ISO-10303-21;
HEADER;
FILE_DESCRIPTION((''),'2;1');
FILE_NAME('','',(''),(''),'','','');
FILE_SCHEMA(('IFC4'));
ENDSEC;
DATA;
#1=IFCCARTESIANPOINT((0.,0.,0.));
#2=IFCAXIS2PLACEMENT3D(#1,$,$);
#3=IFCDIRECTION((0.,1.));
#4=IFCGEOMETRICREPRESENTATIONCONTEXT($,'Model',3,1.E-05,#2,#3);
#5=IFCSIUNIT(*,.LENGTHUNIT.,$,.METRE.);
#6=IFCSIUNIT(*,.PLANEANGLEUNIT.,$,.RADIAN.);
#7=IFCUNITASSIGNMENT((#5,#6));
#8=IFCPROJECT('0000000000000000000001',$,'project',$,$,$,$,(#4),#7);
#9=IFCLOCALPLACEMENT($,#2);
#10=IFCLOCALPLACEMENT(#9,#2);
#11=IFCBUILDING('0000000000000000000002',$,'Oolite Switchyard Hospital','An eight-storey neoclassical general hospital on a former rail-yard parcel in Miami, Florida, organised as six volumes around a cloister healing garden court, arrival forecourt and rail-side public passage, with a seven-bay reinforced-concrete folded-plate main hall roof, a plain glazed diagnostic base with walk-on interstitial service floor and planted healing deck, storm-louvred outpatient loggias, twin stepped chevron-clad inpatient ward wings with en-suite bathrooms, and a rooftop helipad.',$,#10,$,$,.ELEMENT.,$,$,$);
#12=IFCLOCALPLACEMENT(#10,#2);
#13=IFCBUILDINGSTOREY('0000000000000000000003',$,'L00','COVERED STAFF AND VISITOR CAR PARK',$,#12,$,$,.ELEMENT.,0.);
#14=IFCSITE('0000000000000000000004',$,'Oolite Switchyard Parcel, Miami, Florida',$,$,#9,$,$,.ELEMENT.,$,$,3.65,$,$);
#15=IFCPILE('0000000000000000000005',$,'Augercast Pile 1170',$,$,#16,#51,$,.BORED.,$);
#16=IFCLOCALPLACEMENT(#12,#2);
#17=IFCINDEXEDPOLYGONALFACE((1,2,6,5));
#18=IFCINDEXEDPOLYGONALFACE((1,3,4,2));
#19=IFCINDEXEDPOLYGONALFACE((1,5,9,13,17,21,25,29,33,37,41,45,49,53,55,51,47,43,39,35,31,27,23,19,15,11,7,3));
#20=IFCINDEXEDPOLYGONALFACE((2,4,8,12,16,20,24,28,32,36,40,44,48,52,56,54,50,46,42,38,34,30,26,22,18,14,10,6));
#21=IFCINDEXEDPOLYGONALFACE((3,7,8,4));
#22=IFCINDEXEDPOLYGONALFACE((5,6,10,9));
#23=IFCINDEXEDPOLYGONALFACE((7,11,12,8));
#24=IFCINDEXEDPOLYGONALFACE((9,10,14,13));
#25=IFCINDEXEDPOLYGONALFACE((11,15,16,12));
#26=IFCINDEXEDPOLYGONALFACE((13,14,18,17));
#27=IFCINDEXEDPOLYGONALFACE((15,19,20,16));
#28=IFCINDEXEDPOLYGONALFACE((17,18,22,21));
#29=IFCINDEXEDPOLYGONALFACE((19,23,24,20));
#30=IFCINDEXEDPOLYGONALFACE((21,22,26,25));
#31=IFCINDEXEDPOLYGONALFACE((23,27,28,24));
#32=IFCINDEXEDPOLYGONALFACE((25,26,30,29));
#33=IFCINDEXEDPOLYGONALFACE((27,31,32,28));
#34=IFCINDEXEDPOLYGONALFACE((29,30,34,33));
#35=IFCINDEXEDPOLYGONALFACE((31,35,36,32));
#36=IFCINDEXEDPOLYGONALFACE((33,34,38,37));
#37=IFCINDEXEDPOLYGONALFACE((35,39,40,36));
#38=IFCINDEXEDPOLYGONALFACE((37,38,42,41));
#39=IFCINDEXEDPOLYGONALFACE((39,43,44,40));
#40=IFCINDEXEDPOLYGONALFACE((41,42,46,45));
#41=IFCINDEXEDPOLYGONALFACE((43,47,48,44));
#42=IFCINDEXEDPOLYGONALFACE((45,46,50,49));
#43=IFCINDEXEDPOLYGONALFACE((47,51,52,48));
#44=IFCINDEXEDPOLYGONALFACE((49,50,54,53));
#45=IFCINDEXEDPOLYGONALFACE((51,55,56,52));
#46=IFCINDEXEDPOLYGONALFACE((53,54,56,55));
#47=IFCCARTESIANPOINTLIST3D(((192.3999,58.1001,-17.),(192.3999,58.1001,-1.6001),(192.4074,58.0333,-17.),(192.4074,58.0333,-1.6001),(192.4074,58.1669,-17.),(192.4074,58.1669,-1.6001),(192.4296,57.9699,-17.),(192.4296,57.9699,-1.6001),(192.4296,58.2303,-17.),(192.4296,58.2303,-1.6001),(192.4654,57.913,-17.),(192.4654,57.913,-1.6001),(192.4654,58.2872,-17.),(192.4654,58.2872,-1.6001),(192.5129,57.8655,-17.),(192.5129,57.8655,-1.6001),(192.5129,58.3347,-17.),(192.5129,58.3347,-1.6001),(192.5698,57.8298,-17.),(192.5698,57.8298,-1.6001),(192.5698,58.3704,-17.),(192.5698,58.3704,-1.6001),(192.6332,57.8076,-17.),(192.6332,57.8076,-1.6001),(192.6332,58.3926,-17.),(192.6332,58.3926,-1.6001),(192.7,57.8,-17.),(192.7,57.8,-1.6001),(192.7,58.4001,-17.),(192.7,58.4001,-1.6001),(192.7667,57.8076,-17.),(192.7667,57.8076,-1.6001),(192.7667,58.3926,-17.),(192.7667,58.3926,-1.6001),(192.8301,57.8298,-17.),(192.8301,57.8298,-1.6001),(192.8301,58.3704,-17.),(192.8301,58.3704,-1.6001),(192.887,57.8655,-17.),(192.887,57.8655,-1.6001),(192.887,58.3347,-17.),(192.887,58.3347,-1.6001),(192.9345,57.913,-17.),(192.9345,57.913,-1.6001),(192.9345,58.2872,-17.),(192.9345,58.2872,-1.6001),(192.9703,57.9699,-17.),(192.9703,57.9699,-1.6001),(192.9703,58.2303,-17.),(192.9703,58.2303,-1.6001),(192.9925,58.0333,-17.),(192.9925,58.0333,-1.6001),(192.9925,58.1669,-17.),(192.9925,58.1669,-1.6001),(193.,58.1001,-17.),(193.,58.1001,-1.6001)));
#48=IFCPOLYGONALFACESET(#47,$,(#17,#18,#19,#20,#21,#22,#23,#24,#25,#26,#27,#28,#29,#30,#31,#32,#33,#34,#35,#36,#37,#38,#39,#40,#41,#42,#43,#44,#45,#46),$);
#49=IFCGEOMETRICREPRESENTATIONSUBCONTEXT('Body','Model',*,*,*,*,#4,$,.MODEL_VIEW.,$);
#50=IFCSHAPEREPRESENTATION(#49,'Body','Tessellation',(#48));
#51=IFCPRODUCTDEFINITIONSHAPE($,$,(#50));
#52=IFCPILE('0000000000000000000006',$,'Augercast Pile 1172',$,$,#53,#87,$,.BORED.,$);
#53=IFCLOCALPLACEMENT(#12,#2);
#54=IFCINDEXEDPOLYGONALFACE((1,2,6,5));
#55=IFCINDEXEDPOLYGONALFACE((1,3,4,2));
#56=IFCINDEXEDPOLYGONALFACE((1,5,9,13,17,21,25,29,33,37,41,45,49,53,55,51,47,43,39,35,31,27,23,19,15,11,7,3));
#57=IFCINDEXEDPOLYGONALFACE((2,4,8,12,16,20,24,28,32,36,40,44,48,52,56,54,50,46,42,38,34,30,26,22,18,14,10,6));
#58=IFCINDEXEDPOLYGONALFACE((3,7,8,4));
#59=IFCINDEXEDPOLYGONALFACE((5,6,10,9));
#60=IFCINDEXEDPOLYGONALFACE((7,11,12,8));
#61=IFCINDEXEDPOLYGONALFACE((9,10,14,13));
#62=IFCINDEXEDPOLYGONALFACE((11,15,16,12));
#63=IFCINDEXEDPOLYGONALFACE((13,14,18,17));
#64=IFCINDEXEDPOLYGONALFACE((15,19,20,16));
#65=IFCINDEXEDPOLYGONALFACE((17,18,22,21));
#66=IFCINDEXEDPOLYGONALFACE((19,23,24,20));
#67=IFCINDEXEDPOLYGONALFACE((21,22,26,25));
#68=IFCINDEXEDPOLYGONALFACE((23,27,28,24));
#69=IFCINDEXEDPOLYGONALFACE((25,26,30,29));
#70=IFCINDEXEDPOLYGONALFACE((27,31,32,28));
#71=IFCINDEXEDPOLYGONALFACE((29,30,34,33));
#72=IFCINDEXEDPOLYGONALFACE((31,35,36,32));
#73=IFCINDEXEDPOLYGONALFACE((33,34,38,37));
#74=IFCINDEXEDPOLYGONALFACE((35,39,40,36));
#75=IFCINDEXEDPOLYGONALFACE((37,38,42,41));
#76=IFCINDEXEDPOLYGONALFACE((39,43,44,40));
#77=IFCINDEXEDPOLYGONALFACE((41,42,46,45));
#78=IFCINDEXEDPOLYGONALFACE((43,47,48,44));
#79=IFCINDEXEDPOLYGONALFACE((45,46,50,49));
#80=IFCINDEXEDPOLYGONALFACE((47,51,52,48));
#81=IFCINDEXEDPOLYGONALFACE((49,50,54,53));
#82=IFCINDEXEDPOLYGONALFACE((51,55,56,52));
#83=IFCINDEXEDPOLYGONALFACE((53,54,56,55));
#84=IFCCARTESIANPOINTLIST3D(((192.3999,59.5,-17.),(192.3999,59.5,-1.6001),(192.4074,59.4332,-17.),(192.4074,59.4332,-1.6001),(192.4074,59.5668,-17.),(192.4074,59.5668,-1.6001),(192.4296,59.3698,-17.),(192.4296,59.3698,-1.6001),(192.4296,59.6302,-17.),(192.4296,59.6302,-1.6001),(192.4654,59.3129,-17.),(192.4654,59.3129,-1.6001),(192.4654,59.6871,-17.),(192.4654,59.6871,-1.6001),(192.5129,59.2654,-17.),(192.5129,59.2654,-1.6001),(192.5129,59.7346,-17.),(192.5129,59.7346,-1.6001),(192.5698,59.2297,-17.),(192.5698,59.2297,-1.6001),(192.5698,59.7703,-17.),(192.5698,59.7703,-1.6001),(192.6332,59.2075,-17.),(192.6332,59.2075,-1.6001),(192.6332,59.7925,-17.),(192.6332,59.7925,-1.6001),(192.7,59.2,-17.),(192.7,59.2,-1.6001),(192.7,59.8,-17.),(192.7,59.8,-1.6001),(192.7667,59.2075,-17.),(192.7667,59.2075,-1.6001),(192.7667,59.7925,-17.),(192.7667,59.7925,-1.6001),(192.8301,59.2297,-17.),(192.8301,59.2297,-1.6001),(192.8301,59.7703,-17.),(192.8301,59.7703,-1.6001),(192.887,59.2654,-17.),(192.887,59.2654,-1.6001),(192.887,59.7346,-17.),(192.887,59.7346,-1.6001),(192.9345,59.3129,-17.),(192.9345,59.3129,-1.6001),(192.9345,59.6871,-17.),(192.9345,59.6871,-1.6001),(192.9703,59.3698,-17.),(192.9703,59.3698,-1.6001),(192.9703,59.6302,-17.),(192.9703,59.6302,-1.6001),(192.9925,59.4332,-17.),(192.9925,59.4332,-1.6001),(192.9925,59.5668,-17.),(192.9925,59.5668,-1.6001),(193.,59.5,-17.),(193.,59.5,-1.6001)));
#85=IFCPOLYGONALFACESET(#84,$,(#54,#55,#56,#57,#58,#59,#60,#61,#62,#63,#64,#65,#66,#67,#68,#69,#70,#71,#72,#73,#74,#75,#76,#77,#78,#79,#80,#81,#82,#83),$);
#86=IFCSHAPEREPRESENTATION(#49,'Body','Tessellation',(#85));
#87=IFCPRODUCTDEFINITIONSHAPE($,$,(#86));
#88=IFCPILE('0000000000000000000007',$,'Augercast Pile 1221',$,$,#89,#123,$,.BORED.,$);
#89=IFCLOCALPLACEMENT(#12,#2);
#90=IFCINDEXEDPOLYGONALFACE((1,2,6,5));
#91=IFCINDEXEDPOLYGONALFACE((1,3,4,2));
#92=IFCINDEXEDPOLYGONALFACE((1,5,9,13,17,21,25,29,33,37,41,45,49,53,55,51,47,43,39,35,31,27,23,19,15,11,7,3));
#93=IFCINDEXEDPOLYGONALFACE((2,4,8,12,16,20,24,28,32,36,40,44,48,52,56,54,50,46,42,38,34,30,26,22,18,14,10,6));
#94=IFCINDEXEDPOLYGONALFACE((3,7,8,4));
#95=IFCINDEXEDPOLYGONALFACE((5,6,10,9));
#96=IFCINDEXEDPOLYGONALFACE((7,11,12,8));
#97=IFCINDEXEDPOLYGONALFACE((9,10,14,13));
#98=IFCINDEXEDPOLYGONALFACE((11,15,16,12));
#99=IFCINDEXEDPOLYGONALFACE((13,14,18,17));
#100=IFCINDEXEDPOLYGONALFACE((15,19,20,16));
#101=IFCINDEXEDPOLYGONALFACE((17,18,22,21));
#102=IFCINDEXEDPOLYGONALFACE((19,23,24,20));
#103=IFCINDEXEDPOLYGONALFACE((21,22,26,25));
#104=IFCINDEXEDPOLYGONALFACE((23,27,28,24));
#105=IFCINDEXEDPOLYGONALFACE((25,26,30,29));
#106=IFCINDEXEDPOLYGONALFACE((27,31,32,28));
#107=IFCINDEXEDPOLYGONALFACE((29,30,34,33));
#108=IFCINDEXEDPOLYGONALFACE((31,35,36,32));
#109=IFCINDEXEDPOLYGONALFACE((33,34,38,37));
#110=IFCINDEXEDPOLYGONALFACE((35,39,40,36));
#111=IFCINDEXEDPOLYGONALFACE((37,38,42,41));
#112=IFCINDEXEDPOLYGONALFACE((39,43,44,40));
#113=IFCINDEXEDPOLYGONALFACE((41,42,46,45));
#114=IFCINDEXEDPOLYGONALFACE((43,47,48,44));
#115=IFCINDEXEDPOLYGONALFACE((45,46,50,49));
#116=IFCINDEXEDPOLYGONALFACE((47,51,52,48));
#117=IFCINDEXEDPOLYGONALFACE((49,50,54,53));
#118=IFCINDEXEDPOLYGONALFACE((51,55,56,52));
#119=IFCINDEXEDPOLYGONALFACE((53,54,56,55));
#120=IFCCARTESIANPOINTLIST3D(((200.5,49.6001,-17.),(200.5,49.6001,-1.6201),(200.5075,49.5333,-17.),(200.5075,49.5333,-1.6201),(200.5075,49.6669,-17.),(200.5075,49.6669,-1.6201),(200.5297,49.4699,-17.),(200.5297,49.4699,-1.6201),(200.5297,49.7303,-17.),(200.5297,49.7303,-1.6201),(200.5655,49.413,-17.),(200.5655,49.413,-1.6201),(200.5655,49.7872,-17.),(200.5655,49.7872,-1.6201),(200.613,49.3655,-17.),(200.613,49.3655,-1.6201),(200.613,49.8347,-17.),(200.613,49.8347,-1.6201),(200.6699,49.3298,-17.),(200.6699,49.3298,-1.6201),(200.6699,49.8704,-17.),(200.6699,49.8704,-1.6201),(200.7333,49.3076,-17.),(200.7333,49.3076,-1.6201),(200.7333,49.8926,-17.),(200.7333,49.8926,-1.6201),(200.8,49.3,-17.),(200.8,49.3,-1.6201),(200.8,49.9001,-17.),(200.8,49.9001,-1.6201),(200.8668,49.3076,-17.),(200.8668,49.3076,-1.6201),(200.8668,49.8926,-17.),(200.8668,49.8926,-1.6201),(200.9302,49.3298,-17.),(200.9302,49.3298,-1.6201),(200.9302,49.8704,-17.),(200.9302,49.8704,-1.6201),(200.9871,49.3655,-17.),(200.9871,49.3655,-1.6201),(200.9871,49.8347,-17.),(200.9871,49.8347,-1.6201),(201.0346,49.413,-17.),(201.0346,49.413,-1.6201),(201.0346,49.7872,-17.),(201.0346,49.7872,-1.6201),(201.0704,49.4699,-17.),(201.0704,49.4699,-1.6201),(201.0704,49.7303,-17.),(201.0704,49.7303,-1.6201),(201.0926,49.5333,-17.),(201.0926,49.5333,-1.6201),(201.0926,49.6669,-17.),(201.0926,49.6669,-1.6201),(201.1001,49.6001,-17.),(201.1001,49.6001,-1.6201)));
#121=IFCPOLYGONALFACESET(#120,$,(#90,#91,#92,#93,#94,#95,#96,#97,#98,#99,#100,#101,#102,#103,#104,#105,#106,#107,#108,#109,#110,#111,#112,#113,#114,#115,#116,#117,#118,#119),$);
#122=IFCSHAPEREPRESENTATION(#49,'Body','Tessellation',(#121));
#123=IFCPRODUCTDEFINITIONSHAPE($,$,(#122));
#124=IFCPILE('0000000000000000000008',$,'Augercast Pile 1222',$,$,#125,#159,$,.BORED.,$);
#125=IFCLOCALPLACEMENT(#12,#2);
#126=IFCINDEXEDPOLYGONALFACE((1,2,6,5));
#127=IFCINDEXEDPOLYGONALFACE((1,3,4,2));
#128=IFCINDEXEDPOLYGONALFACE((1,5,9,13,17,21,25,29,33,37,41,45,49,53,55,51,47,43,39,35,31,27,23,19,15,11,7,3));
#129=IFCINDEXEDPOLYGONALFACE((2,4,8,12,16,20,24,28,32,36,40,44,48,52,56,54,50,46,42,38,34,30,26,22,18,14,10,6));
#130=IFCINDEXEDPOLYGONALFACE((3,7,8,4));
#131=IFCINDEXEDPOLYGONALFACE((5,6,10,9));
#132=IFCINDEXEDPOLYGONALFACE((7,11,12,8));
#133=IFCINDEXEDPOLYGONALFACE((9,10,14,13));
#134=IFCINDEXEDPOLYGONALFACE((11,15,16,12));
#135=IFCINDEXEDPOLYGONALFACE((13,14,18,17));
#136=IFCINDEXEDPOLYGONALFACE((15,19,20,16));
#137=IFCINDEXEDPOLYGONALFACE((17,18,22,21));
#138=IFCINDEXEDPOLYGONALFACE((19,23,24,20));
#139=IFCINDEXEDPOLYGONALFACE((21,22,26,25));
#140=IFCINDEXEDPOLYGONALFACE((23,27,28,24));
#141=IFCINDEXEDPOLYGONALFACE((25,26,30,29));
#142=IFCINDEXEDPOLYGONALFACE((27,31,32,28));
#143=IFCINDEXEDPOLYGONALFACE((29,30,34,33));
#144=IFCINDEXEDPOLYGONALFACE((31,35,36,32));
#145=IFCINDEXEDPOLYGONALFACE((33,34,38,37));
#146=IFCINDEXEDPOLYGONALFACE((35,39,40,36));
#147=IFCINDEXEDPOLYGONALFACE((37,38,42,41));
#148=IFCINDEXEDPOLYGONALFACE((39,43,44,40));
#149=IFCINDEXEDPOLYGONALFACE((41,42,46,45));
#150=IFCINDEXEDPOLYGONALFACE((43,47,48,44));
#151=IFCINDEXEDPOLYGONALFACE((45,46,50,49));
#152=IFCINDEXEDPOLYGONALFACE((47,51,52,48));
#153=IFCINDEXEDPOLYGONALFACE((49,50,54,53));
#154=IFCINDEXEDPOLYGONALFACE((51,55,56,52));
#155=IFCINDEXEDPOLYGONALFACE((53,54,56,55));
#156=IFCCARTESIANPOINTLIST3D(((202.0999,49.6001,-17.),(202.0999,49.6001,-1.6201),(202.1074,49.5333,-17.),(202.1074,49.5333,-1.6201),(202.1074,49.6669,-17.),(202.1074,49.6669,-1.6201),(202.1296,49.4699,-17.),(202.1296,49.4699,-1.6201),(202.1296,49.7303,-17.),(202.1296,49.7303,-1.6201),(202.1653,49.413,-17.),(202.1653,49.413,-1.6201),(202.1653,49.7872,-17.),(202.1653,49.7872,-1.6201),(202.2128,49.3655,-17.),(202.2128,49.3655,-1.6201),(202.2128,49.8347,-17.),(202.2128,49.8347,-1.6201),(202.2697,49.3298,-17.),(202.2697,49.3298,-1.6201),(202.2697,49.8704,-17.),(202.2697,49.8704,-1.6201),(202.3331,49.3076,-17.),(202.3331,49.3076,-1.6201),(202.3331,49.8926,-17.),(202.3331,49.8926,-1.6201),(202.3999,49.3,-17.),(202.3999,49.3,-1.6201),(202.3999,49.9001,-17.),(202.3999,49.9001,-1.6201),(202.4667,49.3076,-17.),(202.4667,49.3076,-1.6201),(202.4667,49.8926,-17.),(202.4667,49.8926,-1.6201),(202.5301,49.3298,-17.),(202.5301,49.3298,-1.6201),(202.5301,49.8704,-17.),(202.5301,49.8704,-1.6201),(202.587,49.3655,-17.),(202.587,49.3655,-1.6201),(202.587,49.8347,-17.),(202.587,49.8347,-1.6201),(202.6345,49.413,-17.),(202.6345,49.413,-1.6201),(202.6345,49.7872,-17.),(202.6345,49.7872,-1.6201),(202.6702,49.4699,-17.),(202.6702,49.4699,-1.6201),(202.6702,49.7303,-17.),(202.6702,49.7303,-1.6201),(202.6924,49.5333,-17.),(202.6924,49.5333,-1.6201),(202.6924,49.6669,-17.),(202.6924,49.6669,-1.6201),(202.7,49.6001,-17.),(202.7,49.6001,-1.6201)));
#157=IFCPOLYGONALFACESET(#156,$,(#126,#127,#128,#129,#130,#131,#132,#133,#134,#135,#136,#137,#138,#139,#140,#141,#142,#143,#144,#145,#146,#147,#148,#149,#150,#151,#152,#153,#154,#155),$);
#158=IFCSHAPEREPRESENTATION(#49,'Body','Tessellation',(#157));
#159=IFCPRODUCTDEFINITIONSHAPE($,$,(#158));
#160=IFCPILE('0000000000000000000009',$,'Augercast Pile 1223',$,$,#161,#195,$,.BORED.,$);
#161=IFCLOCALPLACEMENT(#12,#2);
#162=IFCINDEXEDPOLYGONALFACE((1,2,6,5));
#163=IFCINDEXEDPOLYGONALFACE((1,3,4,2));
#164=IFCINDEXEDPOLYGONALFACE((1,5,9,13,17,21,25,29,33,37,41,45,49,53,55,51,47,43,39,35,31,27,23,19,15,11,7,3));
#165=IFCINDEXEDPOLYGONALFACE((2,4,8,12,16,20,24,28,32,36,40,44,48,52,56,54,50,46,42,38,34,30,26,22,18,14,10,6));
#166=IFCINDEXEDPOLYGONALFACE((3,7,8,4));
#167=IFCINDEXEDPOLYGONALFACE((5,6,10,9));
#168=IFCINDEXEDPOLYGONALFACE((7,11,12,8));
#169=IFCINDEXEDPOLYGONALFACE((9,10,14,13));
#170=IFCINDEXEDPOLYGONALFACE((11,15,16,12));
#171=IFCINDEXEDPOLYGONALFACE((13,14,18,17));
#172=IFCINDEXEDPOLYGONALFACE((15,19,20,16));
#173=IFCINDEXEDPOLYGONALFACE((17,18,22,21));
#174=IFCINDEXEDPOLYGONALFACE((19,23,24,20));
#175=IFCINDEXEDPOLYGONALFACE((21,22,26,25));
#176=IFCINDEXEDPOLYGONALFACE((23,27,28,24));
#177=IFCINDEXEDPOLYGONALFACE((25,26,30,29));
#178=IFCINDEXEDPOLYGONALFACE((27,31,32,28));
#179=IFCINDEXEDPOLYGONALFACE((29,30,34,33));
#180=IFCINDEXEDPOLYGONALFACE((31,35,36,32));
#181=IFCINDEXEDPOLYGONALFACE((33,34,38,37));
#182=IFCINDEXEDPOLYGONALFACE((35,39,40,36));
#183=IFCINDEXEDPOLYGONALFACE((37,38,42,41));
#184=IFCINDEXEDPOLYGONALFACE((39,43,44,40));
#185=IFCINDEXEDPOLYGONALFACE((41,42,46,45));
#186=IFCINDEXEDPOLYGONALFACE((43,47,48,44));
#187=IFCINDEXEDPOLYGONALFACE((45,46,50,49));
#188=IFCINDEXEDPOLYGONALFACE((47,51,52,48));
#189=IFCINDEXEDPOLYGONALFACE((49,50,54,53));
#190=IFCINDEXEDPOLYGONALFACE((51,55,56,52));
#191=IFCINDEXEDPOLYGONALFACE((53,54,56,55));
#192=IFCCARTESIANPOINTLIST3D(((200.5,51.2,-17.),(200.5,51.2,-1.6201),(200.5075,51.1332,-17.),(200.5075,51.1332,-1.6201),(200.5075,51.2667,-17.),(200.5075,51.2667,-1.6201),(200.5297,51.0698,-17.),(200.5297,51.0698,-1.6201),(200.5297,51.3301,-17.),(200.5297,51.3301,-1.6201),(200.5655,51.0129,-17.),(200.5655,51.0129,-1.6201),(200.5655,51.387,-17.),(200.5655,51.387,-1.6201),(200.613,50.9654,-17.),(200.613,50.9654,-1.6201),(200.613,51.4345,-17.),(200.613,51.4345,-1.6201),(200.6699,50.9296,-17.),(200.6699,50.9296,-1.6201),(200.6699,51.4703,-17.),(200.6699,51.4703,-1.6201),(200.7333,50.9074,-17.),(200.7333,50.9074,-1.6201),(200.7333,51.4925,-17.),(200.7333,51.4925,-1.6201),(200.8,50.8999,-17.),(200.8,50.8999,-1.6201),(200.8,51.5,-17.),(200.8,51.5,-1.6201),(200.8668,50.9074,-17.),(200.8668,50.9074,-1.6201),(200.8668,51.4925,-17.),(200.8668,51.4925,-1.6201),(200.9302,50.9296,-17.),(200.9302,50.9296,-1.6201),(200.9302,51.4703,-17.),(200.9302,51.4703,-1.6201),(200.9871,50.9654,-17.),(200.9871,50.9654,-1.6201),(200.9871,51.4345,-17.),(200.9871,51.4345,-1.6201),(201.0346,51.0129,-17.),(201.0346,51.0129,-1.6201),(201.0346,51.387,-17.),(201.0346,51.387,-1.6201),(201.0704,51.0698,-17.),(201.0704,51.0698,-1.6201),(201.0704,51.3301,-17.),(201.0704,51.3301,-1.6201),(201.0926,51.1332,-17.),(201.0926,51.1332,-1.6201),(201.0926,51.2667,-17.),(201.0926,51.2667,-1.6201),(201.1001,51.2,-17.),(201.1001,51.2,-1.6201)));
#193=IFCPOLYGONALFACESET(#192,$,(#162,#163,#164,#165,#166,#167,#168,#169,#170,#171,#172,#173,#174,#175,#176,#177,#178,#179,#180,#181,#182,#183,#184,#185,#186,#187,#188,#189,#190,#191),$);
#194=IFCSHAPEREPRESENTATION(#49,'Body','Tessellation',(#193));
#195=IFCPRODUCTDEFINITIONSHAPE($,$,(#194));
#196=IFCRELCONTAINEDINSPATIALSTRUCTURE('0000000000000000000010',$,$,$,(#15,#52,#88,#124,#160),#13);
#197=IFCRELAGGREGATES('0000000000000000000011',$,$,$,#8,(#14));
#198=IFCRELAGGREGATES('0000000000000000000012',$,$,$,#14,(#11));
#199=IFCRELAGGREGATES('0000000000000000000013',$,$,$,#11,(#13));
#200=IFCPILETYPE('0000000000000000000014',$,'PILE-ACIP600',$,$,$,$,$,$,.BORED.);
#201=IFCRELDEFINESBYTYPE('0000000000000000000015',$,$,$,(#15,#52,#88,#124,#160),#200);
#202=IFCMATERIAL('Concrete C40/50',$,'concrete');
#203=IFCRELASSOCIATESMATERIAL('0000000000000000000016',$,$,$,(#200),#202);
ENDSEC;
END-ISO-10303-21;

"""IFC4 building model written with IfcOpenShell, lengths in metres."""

from ifc_helpers import new_model, si_unit, direction, frame, origin, origin_2d, place, context, subcontext, project, spatial, circle, extrude, material, material_profile, profile_set, type_object, element, save


model = new_model("IFC4")

# Units and contexts
model_context = context("Model", 3, precision=1e-05, world=origin(), true_north=direction((0.0, 1.0)))
body_context = subcontext(model_context, "Body", "Model", "MODEL_VIEW")
ifc_project = project(units=[si_unit("LENGTHUNIT", "METRE"), si_unit("PLANEANGLEUNIT", "RADIAN")], contexts=[model_context])

# Site, building, storey
site_placement = place(None, origin())
site = spatial("IfcSite", under=ifc_project, at=site_placement, Name="Oolite Switchyard Parcel, Miami, Florida", CompositionType="ELEMENT", RefElevation=3.65)
building_placement = place(site_placement, origin())
building = spatial("IfcBuilding", under=site, at=building_placement, Name="Oolite Switchyard Hospital", Description="An eight-storey neoclassical general hospital on a former rail-yard parcel in Miami, Florida, organised as six volumes around a cloister healing garden court, arrival forecourt and rail-side public passage, with a seven-bay reinforced-concrete folded-plate main hall roof, a plain glazed diagnostic base with walk-on interstitial service floor and planted healing deck, storm-louvred outpatient loggias, twin stepped chevron-clad inpatient ward wings with en-suite bathrooms, and a rooftop helipad.", CompositionType="ELEMENT")
storey_placement = place(building_placement, origin())
storey = spatial("IfcBuildingStorey", under=building, at=storey_placement, Name="L00", Description="COVERED STAFF AND VISITOR CAR PARK", CompositionType="ELEMENT", Elevation=0.0)

# Shared definitions
ifc_material_1 = material(Name="Concrete C40/50", Category="concrete")

# Piles
ifc_material_profile_1 = material_profile(ifc_material_1, circle(Radius=0.3, at=origin_2d()), Name="PILE600")
ifc_profile_set_1 = profile_set([ifc_material_profile_1], Name="Concrete C40/50")
pile_type = type_object("IfcPileType", Name="PILE-ACIP600", PredefinedType="BORED", material=ifc_profile_set_1)
for number, where, z_axis, x_axis, name in (
    (1, (192.7, 58.1001, -1.6001), (0.0, 0.0, -1.0), (1.0, 0.0, 0.0), "Augercast Pile 1170"),
    (2, (192.7, 59.5, -1.6001), (0.0, 0.0, -1.0), (1.0, 0.0, 0.0), "Augercast Pile 1172"),
):
    element("IfcPile", number, at=place(storey_placement, frame(where, z_axis=z_axis, x_axis=x_axis)), inside=storey, type_object=pile_type, Name=name, PredefinedType="BORED", context=body_context, shape_type="SweptSolid", body=[
        extrude(circle(Radius=0.3, at=origin_2d()), origin(), (0.0, 0.0, 1.0), 15.3999),
    ])
for number, where, z_axis, x_axis, name in (
    (3, (200.8, 49.6001, -1.6201), (0.0, 0.0, -1.0), (1.0, 0.0, 0.0), "Augercast Pile 1221"),
    (4, (202.3999, 49.6001, -1.6201), (0.0, 0.0, -1.0), (1.0, 0.0, 0.0), "Augercast Pile 1222"),
    (5, (200.8, 51.2, -1.6201), (0.0, 0.0, -1.0), (1.0, 0.0, 0.0), "Augercast Pile 1223"),
):
    element("IfcPile", number, at=place(storey_placement, frame(where, z_axis=z_axis, x_axis=x_axis)), inside=storey, type_object=pile_type, Name=name, PredefinedType="BORED", context=body_context, shape_type="SweptSolid", body=[
        extrude(circle(Radius=0.3, at=origin_2d()), origin(), (0.0, 0.0, 1.0), 15.3799),
    ])

save(model, "model.ifc")
